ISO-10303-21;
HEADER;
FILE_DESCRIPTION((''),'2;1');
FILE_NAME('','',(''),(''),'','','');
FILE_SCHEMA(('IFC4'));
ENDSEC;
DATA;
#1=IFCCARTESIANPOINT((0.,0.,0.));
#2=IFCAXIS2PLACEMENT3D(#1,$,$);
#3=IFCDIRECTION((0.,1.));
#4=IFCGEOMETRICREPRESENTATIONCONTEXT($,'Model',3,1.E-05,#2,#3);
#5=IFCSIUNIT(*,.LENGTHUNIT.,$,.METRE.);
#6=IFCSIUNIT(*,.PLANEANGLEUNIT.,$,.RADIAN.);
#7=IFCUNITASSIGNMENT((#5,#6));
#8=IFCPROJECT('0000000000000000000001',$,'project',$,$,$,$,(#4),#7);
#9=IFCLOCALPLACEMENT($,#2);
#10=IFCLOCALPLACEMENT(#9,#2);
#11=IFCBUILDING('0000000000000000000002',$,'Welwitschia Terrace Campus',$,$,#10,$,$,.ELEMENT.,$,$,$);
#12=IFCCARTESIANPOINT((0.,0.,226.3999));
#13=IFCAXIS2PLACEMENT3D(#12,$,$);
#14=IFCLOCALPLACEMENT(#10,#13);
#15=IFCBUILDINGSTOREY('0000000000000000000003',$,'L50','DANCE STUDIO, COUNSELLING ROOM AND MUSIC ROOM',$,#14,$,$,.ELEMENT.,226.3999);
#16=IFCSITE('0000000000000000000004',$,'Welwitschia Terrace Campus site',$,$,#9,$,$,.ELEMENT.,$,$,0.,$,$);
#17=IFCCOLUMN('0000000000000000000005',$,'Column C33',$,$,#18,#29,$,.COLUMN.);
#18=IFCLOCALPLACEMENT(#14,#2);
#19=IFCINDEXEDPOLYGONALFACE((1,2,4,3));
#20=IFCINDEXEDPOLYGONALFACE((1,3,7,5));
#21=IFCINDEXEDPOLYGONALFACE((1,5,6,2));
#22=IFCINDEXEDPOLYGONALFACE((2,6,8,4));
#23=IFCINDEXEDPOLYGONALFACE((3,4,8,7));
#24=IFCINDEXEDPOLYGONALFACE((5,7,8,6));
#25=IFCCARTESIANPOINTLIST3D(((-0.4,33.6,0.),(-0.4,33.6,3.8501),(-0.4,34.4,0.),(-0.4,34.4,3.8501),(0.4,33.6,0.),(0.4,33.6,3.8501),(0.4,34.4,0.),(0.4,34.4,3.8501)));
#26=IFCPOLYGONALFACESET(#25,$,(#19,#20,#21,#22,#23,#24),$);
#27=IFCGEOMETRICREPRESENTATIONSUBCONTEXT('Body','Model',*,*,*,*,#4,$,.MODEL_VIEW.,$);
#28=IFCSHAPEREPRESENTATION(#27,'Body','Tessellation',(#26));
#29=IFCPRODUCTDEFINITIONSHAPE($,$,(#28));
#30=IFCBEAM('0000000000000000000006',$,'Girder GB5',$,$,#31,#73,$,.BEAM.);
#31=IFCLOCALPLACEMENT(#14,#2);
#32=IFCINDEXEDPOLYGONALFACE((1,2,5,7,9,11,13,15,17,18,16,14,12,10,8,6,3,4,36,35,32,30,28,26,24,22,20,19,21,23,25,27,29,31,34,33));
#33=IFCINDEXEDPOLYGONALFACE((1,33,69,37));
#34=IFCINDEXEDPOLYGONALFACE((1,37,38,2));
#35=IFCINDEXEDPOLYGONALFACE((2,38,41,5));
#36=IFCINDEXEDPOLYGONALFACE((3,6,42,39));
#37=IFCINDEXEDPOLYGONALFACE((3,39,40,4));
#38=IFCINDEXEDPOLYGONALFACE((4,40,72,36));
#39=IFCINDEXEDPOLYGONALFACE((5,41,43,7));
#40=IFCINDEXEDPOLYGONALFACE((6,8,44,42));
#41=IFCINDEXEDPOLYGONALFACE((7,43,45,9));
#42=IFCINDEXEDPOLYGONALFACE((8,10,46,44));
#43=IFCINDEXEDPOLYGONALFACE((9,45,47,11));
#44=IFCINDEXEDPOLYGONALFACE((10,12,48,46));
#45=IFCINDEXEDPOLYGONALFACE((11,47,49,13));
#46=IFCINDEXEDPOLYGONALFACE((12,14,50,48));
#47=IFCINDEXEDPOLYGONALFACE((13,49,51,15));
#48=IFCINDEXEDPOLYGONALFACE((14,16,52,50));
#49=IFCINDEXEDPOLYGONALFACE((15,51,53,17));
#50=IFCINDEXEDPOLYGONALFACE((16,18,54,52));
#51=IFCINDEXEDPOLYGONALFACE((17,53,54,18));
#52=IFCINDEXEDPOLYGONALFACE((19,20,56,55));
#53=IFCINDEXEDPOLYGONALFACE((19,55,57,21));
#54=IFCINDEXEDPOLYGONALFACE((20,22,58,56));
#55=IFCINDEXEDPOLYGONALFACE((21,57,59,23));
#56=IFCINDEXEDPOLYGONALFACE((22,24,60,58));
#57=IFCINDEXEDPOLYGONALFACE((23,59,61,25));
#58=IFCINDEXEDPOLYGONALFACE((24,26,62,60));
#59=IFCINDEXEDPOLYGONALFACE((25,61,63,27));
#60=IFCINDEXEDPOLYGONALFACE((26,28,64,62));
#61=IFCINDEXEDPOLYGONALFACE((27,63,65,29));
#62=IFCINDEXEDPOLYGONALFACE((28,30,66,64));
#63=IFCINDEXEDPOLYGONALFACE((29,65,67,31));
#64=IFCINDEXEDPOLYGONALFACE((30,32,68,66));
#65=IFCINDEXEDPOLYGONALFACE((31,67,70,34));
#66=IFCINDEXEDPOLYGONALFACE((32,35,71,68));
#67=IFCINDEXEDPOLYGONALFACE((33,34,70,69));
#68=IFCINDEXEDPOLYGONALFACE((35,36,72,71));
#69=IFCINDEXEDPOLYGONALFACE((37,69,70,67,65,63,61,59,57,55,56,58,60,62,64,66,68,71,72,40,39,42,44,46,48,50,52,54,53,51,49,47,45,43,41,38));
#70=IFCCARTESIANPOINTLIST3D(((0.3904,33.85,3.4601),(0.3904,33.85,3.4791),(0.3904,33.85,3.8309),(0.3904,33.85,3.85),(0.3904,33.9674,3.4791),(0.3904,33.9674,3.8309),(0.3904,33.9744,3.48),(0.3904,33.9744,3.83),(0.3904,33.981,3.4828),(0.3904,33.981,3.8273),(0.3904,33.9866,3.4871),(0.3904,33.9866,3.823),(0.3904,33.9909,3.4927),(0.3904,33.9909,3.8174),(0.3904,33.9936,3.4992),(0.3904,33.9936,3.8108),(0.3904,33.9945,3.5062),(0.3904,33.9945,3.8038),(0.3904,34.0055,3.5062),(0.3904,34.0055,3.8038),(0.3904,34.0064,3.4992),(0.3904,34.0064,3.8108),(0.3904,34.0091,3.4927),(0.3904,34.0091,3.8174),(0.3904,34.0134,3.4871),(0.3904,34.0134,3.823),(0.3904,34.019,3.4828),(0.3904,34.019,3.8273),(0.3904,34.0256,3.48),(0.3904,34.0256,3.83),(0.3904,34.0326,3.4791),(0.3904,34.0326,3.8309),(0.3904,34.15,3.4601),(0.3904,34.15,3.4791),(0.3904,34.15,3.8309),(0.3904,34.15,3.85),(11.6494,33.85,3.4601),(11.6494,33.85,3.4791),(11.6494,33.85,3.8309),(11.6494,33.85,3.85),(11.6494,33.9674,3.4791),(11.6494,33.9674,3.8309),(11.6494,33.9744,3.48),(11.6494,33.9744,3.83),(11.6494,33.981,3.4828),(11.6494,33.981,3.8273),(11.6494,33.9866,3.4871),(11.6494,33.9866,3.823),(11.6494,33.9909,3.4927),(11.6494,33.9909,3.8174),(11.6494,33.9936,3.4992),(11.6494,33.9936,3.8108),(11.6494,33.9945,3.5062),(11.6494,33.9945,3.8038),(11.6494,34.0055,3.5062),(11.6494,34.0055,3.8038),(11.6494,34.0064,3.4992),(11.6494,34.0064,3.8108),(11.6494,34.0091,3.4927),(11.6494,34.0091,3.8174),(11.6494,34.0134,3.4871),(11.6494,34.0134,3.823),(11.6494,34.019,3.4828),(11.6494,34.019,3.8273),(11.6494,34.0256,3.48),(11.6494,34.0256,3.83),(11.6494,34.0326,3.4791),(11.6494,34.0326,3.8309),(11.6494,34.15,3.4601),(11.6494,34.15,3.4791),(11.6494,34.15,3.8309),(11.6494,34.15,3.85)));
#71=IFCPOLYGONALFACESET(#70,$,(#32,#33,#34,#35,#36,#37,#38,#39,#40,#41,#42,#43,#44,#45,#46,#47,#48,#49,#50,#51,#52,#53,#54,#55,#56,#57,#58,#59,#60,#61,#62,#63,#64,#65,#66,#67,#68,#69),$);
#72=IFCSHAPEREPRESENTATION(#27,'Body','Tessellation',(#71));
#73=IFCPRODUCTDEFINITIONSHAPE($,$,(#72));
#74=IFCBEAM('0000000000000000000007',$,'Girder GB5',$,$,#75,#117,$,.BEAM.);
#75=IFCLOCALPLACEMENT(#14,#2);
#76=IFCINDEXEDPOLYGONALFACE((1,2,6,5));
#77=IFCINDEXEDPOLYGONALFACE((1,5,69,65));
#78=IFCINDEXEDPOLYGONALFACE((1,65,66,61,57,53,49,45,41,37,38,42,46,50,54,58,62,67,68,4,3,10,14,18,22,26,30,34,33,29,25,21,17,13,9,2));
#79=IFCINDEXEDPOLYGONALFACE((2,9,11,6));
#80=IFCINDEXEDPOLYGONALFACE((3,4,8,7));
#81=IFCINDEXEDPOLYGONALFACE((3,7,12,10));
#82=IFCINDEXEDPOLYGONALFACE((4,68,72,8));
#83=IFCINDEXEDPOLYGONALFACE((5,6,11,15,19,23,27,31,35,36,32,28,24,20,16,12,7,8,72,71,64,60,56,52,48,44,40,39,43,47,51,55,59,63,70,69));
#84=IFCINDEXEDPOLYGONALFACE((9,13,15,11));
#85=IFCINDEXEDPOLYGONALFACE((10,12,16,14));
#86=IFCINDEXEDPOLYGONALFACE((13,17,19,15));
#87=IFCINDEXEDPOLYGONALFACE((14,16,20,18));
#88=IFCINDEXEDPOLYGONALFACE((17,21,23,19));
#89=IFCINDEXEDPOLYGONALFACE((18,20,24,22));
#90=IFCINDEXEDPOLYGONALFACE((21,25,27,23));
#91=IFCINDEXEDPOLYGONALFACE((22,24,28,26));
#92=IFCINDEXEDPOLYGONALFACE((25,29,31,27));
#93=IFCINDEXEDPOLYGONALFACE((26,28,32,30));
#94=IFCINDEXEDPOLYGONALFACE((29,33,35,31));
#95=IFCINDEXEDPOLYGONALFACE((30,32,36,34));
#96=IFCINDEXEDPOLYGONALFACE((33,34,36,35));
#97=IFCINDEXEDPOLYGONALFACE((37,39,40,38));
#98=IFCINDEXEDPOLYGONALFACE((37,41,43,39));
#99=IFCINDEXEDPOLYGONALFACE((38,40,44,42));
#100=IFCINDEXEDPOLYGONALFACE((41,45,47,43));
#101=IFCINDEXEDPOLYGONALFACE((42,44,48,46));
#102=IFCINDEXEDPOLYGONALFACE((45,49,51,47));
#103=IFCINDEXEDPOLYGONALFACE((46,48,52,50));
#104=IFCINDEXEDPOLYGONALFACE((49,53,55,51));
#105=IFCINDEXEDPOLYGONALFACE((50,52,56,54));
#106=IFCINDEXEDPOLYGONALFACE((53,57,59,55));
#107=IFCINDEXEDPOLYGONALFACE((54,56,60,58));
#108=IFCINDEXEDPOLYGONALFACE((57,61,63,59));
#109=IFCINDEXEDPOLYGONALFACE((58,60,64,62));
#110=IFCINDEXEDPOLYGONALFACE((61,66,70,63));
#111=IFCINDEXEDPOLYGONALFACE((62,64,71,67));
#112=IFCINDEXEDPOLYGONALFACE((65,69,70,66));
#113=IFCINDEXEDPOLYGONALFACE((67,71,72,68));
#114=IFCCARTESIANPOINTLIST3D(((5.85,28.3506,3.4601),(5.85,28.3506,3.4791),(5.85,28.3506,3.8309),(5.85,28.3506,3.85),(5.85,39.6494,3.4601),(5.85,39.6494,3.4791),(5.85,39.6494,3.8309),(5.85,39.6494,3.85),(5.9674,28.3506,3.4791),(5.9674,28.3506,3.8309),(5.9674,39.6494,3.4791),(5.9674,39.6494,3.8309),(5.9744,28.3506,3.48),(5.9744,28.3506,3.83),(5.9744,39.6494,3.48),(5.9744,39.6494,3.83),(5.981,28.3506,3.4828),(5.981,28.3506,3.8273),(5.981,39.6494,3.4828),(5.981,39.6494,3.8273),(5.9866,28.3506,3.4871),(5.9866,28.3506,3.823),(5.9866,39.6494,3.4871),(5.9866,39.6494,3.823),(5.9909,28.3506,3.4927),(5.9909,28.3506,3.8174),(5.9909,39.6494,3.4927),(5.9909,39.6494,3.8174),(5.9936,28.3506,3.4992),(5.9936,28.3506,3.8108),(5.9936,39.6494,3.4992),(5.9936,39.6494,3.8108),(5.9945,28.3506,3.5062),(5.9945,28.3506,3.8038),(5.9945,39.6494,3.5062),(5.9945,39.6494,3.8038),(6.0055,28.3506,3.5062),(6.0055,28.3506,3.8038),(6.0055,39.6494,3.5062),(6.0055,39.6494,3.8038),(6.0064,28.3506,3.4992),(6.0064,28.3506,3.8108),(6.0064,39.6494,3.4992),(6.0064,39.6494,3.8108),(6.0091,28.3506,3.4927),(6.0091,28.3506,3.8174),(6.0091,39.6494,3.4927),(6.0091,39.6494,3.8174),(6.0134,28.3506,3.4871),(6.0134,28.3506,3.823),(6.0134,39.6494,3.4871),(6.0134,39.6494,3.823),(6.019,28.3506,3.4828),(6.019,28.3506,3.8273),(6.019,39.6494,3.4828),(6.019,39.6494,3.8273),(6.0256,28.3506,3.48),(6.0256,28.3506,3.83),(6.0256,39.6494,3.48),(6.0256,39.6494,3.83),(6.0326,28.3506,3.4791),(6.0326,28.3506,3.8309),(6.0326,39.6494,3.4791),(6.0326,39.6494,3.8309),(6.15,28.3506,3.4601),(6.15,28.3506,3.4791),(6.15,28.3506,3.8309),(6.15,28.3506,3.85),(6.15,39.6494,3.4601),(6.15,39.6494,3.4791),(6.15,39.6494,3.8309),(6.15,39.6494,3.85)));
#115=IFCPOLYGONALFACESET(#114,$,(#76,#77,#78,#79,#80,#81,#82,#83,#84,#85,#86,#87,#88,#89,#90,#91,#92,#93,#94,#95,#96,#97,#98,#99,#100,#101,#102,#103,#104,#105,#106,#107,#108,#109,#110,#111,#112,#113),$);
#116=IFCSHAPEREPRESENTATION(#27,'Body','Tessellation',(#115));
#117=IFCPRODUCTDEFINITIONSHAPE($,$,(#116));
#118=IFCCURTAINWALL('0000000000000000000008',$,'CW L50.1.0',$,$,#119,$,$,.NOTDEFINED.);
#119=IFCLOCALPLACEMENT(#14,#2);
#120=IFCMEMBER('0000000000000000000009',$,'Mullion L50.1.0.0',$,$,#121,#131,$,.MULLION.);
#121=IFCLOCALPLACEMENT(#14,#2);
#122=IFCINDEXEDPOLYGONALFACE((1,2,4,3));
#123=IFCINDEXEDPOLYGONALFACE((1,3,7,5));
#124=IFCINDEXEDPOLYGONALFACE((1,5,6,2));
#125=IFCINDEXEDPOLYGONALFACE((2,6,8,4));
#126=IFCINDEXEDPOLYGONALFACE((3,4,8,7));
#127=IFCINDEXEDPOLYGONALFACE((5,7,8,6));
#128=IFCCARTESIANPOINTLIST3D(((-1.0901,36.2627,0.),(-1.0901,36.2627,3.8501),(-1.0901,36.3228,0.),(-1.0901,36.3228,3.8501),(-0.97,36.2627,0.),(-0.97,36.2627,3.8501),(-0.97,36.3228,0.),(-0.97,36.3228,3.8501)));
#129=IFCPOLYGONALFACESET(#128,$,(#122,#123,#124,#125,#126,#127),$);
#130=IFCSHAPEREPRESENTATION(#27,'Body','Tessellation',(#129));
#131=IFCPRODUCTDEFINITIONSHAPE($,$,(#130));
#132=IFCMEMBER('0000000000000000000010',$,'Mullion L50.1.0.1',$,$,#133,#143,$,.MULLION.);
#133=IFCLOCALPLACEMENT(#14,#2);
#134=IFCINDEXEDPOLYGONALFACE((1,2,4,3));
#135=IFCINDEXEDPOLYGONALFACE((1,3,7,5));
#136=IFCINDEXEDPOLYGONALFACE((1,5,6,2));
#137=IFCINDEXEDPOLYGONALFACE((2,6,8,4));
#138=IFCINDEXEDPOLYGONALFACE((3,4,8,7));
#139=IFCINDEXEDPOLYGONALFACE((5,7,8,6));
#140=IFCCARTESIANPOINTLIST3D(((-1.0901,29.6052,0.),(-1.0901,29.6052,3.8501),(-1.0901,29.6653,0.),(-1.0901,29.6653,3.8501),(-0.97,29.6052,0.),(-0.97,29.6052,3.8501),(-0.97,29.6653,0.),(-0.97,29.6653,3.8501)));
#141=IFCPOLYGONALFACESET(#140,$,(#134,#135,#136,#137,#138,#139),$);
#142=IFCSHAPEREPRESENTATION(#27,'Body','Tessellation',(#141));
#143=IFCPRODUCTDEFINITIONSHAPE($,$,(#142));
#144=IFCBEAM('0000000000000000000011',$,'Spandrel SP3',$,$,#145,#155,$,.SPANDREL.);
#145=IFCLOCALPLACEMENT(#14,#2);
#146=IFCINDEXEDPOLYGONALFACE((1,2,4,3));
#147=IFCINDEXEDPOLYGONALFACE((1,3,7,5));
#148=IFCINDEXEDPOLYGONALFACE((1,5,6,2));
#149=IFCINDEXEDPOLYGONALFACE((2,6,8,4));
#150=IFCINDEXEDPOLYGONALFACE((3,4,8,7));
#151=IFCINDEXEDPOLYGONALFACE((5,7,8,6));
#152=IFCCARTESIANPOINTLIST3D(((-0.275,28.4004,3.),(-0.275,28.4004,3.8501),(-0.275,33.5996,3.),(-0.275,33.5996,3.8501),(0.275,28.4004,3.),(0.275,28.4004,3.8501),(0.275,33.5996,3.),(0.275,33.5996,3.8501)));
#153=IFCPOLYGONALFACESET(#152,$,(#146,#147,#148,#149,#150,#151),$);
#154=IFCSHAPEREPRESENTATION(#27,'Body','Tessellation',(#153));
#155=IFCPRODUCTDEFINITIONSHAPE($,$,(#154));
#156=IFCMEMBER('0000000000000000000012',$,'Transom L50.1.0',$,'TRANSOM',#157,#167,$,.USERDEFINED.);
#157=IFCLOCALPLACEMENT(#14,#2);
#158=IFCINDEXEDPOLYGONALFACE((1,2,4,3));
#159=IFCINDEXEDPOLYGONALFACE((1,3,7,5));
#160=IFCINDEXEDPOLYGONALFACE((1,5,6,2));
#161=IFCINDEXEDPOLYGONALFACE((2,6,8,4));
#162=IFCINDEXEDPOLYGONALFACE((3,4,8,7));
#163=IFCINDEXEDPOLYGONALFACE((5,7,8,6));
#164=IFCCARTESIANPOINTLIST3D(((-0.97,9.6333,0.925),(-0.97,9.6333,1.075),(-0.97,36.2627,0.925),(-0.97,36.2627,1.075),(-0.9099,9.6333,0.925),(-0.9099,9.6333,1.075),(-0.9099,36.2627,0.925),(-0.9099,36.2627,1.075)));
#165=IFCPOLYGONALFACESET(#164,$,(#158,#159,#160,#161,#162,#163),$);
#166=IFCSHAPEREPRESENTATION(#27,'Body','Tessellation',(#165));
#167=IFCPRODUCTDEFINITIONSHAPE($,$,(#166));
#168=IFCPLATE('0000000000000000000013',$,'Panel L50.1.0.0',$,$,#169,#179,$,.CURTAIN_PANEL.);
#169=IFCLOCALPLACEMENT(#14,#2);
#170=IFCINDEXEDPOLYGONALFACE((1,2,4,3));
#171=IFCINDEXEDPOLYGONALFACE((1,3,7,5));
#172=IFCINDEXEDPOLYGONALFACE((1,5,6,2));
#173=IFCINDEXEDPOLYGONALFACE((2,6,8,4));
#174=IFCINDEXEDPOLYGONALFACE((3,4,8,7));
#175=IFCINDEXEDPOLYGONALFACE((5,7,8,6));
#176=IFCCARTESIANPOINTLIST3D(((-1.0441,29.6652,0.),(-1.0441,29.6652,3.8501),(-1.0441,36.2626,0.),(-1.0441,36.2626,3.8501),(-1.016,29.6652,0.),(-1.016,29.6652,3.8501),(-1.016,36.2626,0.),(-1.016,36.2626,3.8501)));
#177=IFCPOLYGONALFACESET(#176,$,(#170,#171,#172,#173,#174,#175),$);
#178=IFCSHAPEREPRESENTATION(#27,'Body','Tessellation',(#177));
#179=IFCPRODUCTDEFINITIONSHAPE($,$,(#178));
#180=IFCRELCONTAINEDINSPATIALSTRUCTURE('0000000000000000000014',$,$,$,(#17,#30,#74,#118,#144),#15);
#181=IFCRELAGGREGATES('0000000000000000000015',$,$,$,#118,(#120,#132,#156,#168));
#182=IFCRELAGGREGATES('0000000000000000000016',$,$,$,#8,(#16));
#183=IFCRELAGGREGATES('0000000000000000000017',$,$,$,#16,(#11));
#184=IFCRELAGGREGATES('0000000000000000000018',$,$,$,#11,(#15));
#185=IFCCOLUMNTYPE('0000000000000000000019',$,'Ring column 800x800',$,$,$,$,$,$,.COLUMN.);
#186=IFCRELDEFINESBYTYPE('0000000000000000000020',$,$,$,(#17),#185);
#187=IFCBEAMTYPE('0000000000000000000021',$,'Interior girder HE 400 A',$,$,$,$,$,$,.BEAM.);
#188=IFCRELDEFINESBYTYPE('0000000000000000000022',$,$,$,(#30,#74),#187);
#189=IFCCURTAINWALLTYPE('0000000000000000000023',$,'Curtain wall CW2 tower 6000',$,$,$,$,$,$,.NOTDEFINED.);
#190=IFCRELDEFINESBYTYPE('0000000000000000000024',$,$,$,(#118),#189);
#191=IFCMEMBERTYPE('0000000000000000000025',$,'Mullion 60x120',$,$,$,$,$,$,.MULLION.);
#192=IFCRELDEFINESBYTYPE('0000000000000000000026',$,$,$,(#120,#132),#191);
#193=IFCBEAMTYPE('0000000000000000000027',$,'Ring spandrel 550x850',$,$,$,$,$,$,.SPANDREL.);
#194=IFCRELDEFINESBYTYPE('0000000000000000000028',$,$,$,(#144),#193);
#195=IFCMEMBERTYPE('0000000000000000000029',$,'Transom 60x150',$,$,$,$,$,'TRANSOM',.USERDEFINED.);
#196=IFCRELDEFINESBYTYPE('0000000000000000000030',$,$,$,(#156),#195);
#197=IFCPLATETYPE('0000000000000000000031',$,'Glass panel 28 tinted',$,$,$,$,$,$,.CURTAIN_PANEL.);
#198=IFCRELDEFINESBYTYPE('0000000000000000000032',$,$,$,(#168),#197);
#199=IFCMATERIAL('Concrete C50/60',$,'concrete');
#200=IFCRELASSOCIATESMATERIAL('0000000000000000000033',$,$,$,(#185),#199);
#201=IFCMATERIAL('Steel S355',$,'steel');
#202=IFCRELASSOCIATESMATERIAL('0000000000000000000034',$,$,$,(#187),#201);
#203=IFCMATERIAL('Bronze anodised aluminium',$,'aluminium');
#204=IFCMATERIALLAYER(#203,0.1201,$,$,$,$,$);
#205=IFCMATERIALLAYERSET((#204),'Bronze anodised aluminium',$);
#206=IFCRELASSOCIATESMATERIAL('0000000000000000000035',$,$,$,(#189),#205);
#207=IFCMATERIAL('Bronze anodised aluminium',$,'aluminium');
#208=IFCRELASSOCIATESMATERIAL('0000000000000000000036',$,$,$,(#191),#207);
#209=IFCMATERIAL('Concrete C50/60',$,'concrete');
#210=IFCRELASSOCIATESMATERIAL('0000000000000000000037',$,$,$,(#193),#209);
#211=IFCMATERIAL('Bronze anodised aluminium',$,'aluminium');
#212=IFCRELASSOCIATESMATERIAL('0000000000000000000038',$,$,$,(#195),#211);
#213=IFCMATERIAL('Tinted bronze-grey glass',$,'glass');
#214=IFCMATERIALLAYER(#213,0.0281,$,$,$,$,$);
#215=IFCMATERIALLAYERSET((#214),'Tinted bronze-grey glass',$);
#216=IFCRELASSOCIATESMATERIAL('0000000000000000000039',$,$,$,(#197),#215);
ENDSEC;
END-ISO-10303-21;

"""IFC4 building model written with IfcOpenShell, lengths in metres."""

from ifc_helpers import new_model, si_unit, direction, frame, origin, origin_2d, place, context, subcontext, project, spatial, rectangle, i_section, extrude, material, layer, layer_set, material_profile, profile_set, type_object, element, aggregate, save


model = new_model("IFC4")

# Units and contexts
model_context = context("Model", 3, precision=1e-05, world=origin(), true_north=direction((0.0, 1.0)))
body_context = subcontext(model_context, "Body", "Model", "MODEL_VIEW")
ifc_project = project(units=[si_unit("LENGTHUNIT", "METRE"), si_unit("PLANEANGLEUNIT", "RADIAN")], contexts=[model_context])

# Site, building, storey
site_placement = place(None, origin())
site = spatial("IfcSite", under=ifc_project, at=site_placement, Name="Welwitschia Terrace Campus site", CompositionType="ELEMENT", RefElevation=0.0)
building_placement = place(site_placement, origin())
building = spatial("IfcBuilding", under=site, at=building_placement, Name="Welwitschia Terrace Campus", CompositionType="ELEMENT")
storey_placement = place(building_placement, frame((0.0, 0.0, 226.3999)))
storey = spatial("IfcBuildingStorey", under=building, at=storey_placement, Name="L50", Description="DANCE STUDIO, COUNSELLING ROOM AND MUSIC ROOM", CompositionType="ELEMENT", Elevation=226.3999)

# Column
ifc_material_1 = material(Name="Concrete C50/60", Category="concrete")
ifc_material_profile_1 = material_profile(ifc_material_1, rectangle(XDim=0.8, YDim=0.8, at=origin_2d()))
ifc_profile_set_1 = profile_set([ifc_material_profile_1], Name="Concrete C50/60")
column_type = type_object("IfcColumnType", Name="Ring column 800x800", PredefinedType="COLUMN", material=ifc_profile_set_1)
column_placement = place(storey_placement, frame((0.0, 34.0, 0.0), z_axis=(0.0, 0.0, 1.0), x_axis=(1.0, 0.0, 0.0)))
element("IfcColumn", 1, at=column_placement, inside=storey, type_object=column_type, Name="Column C33", PredefinedType="COLUMN", context=body_context, shape_type="SweptSolid", body=[
    extrude(rectangle(XDim=0.8, YDim=0.8, at=origin_2d()), origin(), (0.0, 0.0, 1.0), 3.8501),
])

# Beams
ifc_material_2 = material(Name="Steel S355", Category="steel")
ifc_material_profile_2 = material_profile(ifc_material_2, i_section(OverallWidth=0.3, OverallDepth=0.3899, WebThickness=0.011, FlangeThickness=0.019, FilletRadius=0.0271, at=origin_2d()))
ifc_profile_set_2 = profile_set([ifc_material_profile_2], Name="Steel S355")
beam_type_1 = type_object("IfcBeamType", Name="Interior girder HE 400 A", PredefinedType="BEAM", material=ifc_profile_set_2)
beam_1_placement = place(storey_placement, frame((0.3904, 34.0, 3.655), z_axis=(1.0, 0.0, 0.0), x_axis=(0.0, 1.0, 0.0)))
element("IfcBeam", 2, at=beam_1_placement, inside=storey, type_object=beam_type_1, Name="Girder GB5", PredefinedType="BEAM", context=body_context, shape_type="SweptSolid", body=[
    extrude(i_section(OverallWidth=0.3, OverallDepth=0.3899, WebThickness=0.011, FlangeThickness=0.019, FilletRadius=0.0271, at=origin_2d()), origin(), (0.0, 0.0, 1.0), 11.259),
])
beam_2_placement = place(storey_placement, frame((6.0, 28.3506, 3.655), z_axis=(0.0, 1.0, 0.0), x_axis=(-1.0, 0.0, 0.0)))
element("IfcBeam", 3, at=beam_2_placement, inside=storey, type_object=beam_type_1, Name="Girder GB5", PredefinedType="BEAM", context=body_context, shape_type="SweptSolid", body=[
    extrude(i_section(OverallWidth=0.3, OverallDepth=0.3899, WebThickness=0.011, FlangeThickness=0.019, FilletRadius=0.0271, at=origin_2d()), origin(), (0.0, 0.0, 1.0), 11.2988),
])

# Curtain wall, members
ifc_material_3 = material(Name="Bronze anodised aluminium", Category="aluminium")
ifc_layer_1 = layer(ifc_material_3, 0.1201)
ifc_layer_set_1 = layer_set([ifc_layer_1], Name="Bronze anodised aluminium")
curtain_wall_type = type_object("IfcCurtainWallType", Name="Curtain wall CW2 tower 6000", PredefinedType="NOTDEFINED", material=ifc_layer_set_1)
curtain_wall_placement = place(storey_placement, origin())
curtain_wall = element("IfcCurtainWall", 4, at=curtain_wall_placement, inside=storey, type_object=curtain_wall_type, Name="CW L50.1.0", PredefinedType="NOTDEFINED")
ifc_material_4 = material(Name="Bronze anodised aluminium", Category="aluminium")
ifc_material_profile_3 = material_profile(ifc_material_4, rectangle(XDim=0.1201, YDim=0.0601, at=origin_2d()))
ifc_profile_set_3 = profile_set([ifc_material_profile_3], Name="Bronze anodised aluminium")
member_type_1 = type_object("IfcMemberType", Name="Mullion 60x120", PredefinedType="MULLION", material=ifc_profile_set_3)
member_1_placement = place(storey_placement, frame((-1.03, 36.2927, 0.0), z_axis=(0.0, 0.0, 1.0), x_axis=(1.0, 0.0, 0.0)))
member_1 = element("IfcMember", 5, at=member_1_placement, type_object=member_type_1, Name="Mullion L50.1.0.0", PredefinedType="MULLION", context=body_context, shape_type="SweptSolid", body=[
    extrude(rectangle(XDim=0.1201, YDim=0.0601, at=origin_2d()), origin(), (0.0, 0.0, 1.0), 3.8501),
])
member_2_placement = place(storey_placement, frame((-1.03, 29.6353, 0.0), z_axis=(0.0, 0.0, 1.0), x_axis=(1.0, 0.0, 0.0)))
member_2 = element("IfcMember", 6, at=member_2_placement, type_object=member_type_1, Name="Mullion L50.1.0.1", PredefinedType="MULLION", context=body_context, shape_type="SweptSolid", body=[
    extrude(rectangle(XDim=0.1201, YDim=0.0601, at=origin_2d()), origin(), (0.0, 0.0, 1.0), 3.8501),
])

# Beam
ifc_material_5 = material(Name="Concrete C50/60", Category="concrete")
ifc_material_profile_4 = material_profile(ifc_material_5, rectangle(XDim=0.55, YDim=0.8501, at=origin_2d()))
ifc_profile_set_4 = profile_set([ifc_material_profile_4], Name="Concrete C50/60")
beam_type_2 = type_object("IfcBeamType", Name="Ring spandrel 550x850", PredefinedType="SPANDREL", material=ifc_profile_set_4)
beam_3_placement = place(storey_placement, frame((0.0, 33.5996, 3.425), z_axis=(0.0, -1.0, 0.0), x_axis=(1.0, 0.0, 0.0)))
element("IfcBeam", 7, at=beam_3_placement, inside=storey, type_object=beam_type_2, Name="Spandrel SP3", PredefinedType="SPANDREL", context=body_context, shape_type="SweptSolid", body=[
    extrude(rectangle(XDim=0.55, YDim=0.8501, at=origin_2d()), origin(), (0.0, 0.0, 1.0), 5.1992),
])

# Member
ifc_material_6 = material(Name="Bronze anodised aluminium", Category="aluminium")
ifc_material_profile_5 = material_profile(ifc_material_6, rectangle(XDim=0.0601, YDim=0.1499, at=origin_2d()))
ifc_profile_set_5 = profile_set([ifc_material_profile_5], Name="Bronze anodised aluminium")
member_type_2 = type_object("IfcMemberType", Name="Transom 60x150", ElementType="TRANSOM", PredefinedType="USERDEFINED", material=ifc_profile_set_5)
member_3_placement = place(storey_placement, frame((-0.9399, 36.2627, 1.0), z_axis=(0.0, -1.0, 0.0), x_axis=(1.0, 0.0, 0.0)))
member_3 = element("IfcMember", 8, at=member_3_placement, type_object=member_type_2, Name="Transom L50.1.0", ObjectType="TRANSOM", PredefinedType="USERDEFINED", context=body_context, shape_type="SweptSolid", body=[
    extrude(rectangle(XDim=0.0601, YDim=0.1499, at=origin_2d()), origin(), (0.0, 0.0, 1.0), 26.6294),
])

# Plate
ifc_material_7 = material(Name="Tinted bronze-grey glass", Category="glass")
ifc_layer_2 = layer(ifc_material_7, 0.0281)
ifc_layer_set_2 = layer_set([ifc_layer_2], Name="Tinted bronze-grey glass")
plate_type = type_object("IfcPlateType", Name="Glass panel 28 tinted", PredefinedType="CURTAIN_PANEL", material=ifc_layer_set_2)
plate_placement = place(storey_placement, frame((-1.03, 32.9639, 0.0), z_axis=(0.0, 0.0, 1.0), x_axis=(0.0, -1.0, 0.0)))
plate = element("IfcPlate", 9, at=plate_placement, type_object=plate_type, Name="Panel L50.1.0.0", PredefinedType="CURTAIN_PANEL", context=body_context, shape_type="SweptSolid", body=[
    extrude(rectangle(XDim=6.5974, YDim=0.0281, at=origin_2d()), origin(), (0.0, 0.0, 1.0), 3.8501),
])
aggregate(curtain_wall, [member_1, member_2, member_3, plate])

save(model, "model.ifc")
